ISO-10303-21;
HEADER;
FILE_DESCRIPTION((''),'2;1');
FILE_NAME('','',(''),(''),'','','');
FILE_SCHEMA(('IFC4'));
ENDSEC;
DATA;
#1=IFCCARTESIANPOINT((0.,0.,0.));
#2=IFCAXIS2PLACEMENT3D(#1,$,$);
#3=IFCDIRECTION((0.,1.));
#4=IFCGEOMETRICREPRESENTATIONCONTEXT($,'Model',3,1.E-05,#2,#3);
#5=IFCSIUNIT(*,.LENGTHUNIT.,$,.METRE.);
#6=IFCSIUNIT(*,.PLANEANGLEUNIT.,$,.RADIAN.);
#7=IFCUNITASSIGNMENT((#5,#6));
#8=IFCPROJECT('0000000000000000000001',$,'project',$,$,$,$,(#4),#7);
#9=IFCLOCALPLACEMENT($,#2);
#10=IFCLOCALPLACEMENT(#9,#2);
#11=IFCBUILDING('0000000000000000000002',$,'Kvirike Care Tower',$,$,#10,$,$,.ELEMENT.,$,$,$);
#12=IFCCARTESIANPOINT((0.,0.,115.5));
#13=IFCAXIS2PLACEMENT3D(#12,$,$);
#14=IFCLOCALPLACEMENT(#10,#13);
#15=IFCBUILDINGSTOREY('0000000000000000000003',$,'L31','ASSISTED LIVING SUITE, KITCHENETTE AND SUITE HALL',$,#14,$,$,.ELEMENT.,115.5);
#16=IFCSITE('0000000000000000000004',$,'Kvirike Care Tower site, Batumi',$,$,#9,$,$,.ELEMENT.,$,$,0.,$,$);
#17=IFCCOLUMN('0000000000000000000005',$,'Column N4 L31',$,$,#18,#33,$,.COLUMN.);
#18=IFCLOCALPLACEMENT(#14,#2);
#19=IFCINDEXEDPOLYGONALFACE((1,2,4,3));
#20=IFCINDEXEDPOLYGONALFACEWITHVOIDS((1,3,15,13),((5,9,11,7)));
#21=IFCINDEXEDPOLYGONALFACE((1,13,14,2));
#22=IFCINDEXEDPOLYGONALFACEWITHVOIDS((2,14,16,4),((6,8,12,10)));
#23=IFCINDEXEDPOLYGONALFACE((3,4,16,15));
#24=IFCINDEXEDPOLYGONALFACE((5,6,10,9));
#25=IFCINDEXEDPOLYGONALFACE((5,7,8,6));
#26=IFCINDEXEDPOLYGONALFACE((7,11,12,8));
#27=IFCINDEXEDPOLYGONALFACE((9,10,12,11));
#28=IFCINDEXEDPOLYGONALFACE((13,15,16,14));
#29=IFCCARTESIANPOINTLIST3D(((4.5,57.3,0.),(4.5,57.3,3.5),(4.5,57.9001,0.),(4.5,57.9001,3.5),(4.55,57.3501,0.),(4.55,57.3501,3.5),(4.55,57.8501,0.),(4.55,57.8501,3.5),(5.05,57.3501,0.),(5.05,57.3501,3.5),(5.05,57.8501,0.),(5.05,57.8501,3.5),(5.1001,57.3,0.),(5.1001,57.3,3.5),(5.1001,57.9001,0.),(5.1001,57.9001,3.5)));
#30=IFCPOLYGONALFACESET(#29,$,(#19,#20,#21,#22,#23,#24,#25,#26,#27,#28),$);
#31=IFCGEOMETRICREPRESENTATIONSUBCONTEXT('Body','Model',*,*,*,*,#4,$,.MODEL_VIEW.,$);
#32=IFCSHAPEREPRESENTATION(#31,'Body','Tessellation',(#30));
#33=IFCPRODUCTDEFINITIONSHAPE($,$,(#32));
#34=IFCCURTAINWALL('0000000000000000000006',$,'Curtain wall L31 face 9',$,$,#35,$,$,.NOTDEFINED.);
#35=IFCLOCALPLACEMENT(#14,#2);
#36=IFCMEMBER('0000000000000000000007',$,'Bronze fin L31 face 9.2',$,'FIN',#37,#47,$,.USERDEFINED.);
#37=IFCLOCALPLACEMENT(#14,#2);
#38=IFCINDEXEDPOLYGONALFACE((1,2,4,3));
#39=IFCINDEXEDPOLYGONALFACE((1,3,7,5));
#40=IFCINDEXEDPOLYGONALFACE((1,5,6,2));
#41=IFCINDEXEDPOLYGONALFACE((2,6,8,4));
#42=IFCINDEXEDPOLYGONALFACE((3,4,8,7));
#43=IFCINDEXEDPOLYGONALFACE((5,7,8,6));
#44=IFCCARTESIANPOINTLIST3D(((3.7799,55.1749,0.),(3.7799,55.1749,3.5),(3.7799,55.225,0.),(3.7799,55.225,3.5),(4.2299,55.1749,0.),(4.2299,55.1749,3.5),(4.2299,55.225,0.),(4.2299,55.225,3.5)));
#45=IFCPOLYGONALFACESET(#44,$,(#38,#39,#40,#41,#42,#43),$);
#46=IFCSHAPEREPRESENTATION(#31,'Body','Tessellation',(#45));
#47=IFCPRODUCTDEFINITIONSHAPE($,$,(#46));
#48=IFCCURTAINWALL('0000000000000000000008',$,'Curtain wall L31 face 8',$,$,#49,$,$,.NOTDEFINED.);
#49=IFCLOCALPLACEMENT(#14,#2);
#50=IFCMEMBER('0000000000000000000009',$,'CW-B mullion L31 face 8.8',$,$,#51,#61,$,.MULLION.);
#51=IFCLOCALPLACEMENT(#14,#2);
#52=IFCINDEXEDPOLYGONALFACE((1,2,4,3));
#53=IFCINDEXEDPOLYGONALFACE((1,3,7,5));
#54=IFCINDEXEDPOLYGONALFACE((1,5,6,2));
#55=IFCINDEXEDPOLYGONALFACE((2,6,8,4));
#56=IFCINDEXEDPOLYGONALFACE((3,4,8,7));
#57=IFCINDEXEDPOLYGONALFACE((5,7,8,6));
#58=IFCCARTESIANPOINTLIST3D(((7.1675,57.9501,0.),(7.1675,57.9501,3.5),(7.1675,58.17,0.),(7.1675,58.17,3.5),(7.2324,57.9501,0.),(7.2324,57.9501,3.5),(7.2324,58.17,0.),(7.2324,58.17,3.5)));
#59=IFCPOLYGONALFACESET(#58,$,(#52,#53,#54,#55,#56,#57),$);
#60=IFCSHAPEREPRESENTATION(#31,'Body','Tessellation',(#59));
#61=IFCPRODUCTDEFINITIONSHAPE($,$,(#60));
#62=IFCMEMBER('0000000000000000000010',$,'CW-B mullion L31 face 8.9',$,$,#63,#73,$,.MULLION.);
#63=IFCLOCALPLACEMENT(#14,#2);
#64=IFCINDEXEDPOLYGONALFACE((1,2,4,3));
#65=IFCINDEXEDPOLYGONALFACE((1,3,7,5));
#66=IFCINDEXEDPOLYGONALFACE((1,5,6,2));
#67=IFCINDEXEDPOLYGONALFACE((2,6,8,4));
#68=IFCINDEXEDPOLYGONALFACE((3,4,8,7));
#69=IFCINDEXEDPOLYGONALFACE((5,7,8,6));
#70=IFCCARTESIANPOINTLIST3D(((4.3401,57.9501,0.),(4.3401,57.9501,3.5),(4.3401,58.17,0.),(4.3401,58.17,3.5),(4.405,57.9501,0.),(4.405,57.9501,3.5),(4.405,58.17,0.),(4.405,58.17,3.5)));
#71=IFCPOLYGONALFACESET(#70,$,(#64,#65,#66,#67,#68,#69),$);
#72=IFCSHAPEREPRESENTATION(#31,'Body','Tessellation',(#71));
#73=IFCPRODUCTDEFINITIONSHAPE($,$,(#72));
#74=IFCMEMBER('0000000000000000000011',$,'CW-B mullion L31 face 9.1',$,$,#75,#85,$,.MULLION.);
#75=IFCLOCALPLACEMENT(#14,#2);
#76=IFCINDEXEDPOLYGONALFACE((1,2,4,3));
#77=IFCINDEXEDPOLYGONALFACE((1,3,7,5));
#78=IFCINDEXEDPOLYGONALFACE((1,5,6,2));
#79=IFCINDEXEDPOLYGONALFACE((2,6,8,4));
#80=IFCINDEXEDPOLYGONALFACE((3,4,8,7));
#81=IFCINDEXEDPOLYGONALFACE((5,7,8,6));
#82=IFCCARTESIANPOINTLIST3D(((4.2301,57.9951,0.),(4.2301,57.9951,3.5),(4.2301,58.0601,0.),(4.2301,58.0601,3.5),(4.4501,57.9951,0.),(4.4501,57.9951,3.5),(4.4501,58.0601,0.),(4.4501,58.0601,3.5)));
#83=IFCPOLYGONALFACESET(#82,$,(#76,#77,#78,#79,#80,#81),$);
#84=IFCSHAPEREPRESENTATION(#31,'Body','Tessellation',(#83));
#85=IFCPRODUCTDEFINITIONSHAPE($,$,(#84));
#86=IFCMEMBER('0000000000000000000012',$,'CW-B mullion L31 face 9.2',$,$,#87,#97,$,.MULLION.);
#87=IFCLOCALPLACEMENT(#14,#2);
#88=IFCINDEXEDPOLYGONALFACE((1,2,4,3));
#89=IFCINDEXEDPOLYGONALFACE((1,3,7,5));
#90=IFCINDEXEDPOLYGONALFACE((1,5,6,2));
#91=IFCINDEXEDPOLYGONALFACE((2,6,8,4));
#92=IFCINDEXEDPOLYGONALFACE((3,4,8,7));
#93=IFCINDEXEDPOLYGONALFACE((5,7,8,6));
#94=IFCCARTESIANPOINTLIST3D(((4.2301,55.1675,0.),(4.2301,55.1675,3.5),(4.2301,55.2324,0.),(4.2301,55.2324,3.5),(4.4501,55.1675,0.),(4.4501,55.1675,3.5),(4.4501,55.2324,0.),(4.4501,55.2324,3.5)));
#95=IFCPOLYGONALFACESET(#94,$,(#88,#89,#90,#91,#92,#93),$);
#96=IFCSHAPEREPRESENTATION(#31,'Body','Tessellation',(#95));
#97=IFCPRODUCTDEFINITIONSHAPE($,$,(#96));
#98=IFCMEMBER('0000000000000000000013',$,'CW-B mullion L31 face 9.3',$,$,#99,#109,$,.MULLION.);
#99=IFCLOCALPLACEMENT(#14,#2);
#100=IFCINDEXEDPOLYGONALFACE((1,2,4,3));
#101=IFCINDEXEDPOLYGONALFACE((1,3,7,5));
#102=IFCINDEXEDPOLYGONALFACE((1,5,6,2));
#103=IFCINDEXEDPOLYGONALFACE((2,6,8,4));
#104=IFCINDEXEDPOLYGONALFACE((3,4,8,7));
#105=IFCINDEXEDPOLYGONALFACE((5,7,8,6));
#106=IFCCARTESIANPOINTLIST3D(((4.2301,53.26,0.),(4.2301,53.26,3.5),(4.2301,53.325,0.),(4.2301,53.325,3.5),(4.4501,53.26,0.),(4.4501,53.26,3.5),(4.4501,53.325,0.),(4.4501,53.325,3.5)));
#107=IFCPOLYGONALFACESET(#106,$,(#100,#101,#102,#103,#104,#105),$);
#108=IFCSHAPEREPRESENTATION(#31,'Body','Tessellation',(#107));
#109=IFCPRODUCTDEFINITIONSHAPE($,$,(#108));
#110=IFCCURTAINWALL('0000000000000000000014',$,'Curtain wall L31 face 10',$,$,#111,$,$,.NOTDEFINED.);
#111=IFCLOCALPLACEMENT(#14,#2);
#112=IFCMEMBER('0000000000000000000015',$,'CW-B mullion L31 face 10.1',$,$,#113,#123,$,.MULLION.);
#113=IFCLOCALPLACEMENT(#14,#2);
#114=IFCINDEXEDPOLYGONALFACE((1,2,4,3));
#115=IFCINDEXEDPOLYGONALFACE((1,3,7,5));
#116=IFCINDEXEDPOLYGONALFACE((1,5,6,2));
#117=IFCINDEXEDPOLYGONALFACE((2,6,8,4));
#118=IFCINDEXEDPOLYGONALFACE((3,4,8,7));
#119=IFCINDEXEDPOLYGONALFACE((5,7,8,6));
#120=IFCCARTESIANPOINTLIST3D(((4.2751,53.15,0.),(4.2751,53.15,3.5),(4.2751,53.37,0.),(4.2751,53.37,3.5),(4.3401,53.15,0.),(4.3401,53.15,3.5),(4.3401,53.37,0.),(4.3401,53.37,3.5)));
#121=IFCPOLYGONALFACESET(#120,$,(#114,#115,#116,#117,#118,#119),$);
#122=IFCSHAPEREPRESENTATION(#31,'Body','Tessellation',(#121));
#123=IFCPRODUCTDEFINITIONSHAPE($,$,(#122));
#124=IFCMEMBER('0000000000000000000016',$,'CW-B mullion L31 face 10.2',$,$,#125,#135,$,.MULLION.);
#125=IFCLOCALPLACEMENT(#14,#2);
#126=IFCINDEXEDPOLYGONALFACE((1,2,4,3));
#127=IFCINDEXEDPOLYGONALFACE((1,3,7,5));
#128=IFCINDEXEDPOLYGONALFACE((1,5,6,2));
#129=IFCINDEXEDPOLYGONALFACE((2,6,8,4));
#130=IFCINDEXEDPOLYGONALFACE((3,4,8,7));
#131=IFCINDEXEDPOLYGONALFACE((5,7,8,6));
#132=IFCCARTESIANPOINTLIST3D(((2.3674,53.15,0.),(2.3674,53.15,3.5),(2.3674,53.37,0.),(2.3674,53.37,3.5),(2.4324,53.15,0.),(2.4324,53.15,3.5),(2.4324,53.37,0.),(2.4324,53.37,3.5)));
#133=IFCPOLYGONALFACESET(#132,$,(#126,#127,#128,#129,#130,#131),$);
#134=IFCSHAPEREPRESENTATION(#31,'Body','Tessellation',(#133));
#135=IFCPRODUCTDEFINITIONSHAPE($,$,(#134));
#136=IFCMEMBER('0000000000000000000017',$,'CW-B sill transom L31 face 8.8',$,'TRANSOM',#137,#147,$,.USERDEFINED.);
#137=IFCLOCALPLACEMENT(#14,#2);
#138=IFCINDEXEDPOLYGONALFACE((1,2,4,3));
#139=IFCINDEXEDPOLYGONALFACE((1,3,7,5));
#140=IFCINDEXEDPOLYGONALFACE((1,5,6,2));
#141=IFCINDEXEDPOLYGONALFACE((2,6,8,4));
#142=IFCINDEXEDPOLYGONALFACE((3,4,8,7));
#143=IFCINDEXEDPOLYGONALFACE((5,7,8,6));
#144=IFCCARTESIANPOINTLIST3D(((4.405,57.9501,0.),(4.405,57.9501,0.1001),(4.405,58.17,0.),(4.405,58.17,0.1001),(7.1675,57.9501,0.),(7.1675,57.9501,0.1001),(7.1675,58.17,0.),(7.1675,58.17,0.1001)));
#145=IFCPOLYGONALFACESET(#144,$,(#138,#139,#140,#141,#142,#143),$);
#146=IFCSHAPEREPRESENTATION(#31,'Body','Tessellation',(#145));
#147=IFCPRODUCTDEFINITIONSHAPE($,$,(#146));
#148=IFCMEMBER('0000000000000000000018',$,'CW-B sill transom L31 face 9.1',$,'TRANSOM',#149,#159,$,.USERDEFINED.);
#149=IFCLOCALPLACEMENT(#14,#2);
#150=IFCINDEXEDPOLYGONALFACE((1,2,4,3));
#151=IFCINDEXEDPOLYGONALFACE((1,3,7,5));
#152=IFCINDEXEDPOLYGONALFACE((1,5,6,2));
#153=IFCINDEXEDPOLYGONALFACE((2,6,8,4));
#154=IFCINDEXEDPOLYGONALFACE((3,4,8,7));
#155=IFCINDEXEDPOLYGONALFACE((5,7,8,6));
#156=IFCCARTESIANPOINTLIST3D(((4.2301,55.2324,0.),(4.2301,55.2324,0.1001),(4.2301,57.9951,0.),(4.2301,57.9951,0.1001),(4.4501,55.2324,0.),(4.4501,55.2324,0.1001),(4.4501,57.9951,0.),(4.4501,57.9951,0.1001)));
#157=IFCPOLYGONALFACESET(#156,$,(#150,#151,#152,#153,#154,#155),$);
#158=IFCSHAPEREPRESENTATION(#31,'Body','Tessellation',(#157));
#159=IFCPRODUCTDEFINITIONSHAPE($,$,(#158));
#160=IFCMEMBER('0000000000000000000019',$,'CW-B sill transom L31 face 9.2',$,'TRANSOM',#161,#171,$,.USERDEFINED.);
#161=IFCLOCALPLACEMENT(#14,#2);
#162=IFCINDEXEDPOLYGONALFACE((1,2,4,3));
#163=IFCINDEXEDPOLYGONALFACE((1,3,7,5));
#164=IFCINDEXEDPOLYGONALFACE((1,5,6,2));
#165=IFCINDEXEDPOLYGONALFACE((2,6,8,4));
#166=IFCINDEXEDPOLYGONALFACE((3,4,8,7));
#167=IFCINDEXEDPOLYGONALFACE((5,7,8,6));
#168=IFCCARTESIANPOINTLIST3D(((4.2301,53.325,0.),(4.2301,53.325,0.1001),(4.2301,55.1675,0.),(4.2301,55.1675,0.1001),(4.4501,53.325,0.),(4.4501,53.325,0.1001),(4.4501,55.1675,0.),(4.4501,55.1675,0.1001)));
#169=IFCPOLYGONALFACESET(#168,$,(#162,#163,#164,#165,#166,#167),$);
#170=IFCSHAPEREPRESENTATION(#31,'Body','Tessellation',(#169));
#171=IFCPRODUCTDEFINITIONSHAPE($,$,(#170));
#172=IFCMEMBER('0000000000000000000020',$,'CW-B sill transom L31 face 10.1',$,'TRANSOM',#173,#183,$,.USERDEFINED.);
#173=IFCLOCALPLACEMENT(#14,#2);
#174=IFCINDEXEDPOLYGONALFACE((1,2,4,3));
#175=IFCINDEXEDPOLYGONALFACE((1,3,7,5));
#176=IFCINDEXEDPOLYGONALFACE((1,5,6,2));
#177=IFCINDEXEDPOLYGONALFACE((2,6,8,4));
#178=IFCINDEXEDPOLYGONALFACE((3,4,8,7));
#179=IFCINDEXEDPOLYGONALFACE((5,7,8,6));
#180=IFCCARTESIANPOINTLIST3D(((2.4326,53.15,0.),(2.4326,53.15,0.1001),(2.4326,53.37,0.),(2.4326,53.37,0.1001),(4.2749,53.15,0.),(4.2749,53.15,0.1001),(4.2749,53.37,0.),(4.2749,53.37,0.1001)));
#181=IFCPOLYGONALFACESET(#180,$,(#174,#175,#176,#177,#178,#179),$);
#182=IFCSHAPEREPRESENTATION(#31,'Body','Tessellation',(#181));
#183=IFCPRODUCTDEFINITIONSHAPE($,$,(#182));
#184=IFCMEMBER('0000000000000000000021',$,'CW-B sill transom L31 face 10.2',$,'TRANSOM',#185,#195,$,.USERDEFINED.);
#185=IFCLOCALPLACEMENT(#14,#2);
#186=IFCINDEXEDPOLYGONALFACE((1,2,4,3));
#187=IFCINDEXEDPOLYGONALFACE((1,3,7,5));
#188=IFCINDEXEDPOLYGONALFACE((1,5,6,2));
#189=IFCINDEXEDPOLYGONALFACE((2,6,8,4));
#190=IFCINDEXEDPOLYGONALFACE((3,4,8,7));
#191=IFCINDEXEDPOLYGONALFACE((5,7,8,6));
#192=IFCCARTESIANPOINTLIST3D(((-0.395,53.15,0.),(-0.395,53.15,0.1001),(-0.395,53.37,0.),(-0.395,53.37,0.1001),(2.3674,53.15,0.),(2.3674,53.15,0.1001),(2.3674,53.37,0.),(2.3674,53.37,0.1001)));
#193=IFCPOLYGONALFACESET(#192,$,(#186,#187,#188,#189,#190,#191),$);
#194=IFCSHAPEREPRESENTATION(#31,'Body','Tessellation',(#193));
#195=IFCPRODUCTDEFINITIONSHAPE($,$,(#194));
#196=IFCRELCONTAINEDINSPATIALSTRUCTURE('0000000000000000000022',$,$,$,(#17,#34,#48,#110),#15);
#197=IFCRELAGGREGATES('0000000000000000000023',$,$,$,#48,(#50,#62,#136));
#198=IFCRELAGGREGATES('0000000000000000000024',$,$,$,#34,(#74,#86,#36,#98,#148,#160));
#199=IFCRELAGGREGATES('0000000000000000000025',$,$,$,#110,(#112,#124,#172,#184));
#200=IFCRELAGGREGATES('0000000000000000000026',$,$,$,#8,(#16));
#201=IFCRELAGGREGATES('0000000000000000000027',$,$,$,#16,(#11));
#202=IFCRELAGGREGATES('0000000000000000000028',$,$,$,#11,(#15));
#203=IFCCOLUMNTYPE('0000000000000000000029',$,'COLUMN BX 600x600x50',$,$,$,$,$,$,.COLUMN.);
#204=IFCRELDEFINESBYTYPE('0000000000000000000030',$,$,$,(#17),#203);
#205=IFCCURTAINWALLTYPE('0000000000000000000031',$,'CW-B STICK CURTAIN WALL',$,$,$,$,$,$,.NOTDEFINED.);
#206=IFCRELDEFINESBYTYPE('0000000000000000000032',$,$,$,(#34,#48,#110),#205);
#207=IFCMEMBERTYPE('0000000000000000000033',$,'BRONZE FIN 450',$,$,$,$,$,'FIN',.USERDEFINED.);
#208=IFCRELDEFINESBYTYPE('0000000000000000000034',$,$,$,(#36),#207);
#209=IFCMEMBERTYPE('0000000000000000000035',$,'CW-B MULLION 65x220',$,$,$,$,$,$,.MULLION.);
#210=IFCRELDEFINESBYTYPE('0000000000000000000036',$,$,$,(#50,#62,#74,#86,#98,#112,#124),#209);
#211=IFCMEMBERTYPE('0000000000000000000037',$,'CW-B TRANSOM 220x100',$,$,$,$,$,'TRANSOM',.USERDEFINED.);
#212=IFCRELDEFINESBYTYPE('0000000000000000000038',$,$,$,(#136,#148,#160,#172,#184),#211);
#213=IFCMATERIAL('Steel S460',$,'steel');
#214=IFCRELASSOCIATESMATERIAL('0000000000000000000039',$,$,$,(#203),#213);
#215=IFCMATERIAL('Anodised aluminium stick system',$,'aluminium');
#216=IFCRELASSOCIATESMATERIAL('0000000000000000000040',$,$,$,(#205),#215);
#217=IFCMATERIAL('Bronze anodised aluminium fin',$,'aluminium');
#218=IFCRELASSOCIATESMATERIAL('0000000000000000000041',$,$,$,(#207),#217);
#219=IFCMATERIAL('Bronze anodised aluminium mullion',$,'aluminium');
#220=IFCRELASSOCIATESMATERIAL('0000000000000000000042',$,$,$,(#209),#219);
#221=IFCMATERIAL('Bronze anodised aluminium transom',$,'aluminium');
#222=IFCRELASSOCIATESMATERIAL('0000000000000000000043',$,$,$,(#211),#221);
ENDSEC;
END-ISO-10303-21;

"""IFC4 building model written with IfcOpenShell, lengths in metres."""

from ifc_helpers import new_model, si_unit, direction, frame, origin, origin_2d, place, context, subcontext, project, spatial, rectangle, hollow_rectangle, extrude, material, material_profile, profile_set, type_object, element, aggregate, save


model = new_model("IFC4")

# Units and contexts
model_context = context("Model", 3, precision=1e-05, world=origin(), true_north=direction((0.0, 1.0)))
body_context = subcontext(model_context, "Body", "Model", "MODEL_VIEW")
ifc_project = project(units=[si_unit("LENGTHUNIT", "METRE"), si_unit("PLANEANGLEUNIT", "RADIAN")], contexts=[model_context])

# Site, building, storey
site_placement = place(None, origin())
site = spatial("IfcSite", under=ifc_project, at=site_placement, Name="Kvirike Care Tower site, Batumi", CompositionType="ELEMENT", RefElevation=0.0)
building_placement = place(site_placement, origin())
building = spatial("IfcBuilding", under=site, at=building_placement, Name="Kvirike Care Tower", CompositionType="ELEMENT")
storey_placement = place(building_placement, frame((0.0, 0.0, 115.5)))
storey = spatial("IfcBuildingStorey", under=building, at=storey_placement, Name="L31", Description="ASSISTED LIVING SUITE, KITCHENETTE AND SUITE HALL", CompositionType="ELEMENT", Elevation=115.5)

# Column
ifc_material_1 = material(Name="Steel S460", Category="steel")
ifc_material_profile_1 = material_profile(ifc_material_1, hollow_rectangle(XDim=0.6001, YDim=0.6001, WallThickness=0.05, at=origin_2d()), Name="BX 600x600x50")
ifc_profile_set_1 = profile_set([ifc_material_profile_1], Name="Steel S460")
column_type = type_object("IfcColumnType", Name="COLUMN BX 600x600x50", PredefinedType="COLUMN", material=ifc_profile_set_1)
column_placement = place(storey_placement, frame((4.8, 57.6001, 0.0), z_axis=(0.0, 0.0, 1.0), x_axis=(0.0, 1.0, 0.0)))
element("IfcColumn", 1, at=column_placement, inside=storey, type_object=column_type, Name="Column N4 L31", PredefinedType="COLUMN", context=body_context, shape_type="SweptSolid", body=[
    extrude(hollow_rectangle(XDim=0.6001, YDim=0.6001, WallThickness=0.05, at=origin_2d()), origin(), (0.0, 0.0, 1.0), 3.5),
])

# Curtain wall, member
ifc_material_2 = material(Name="Anodised aluminium stick system", Category="aluminium")
curtain_wall_type = type_object("IfcCurtainWallType", Name="CW-B STICK CURTAIN WALL", PredefinedType="NOTDEFINED", material=ifc_material_2)
curtain_wall_1_placement = place(storey_placement, origin())
curtain_wall_1 = element("IfcCurtainWall", 2, at=curtain_wall_1_placement, inside=storey, type_object=curtain_wall_type, Name="Curtain wall L31 face 9", PredefinedType="NOTDEFINED")
ifc_material_3 = material(Name="Bronze anodised aluminium fin", Category="aluminium")
ifc_material_profile_2 = material_profile(ifc_material_3, rectangle(XDim=0.05, YDim=0.45, at=origin_2d()), Name="BRONZE FIN 450")
ifc_profile_set_2 = profile_set([ifc_material_profile_2], Name="Bronze anodised aluminium fin")
member_type_1 = type_object("IfcMemberType", Name="BRONZE FIN 450", ElementType="FIN", PredefinedType="USERDEFINED", material=ifc_profile_set_2)
member_1_placement = place(storey_placement, frame((4.0049, 55.2, 0.0), z_axis=(0.0, 0.0, 1.0), x_axis=(0.0, -1.0, 0.0)))
member_1 = element("IfcMember", 3, at=member_1_placement, type_object=member_type_1, Name="Bronze fin L31 face 9.2", ObjectType="FIN", PredefinedType="USERDEFINED", context=body_context, shape_type="SweptSolid", body=[
    extrude(rectangle(XDim=0.05, YDim=0.45, at=origin_2d()), origin(), (0.0, 0.0, 1.0), 3.5),
])

# Curtain wall, members
curtain_wall_2_placement = place(storey_placement, origin())
curtain_wall_2 = element("IfcCurtainWall", 4, at=curtain_wall_2_placement, inside=storey, type_object=curtain_wall_type, Name="Curtain wall L31 face 8", PredefinedType="NOTDEFINED")
ifc_material_4 = material(Name="Bronze anodised aluminium mullion", Category="aluminium")
ifc_material_profile_3 = material_profile(ifc_material_4, rectangle(XDim=0.0649, YDim=0.22, at=origin_2d()), Name="CW-B MULLION 65x220")
ifc_profile_set_3 = profile_set([ifc_material_profile_3], Name="Bronze anodised aluminium mullion")
member_type_2 = type_object("IfcMemberType", Name="CW-B MULLION 65x220", PredefinedType="MULLION", material=ifc_profile_set_3)
member_2_placement = place(storey_placement, frame((7.2, 58.0601, 0.0), z_axis=(0.0, 0.0, 1.0), x_axis=(-1.0, 0.0, 0.0)))
member_2 = element("IfcMember", 5, at=member_2_placement, type_object=member_type_2, Name="CW-B mullion L31 face 8.8", PredefinedType="MULLION", context=body_context, shape_type="SweptSolid", body=[
    extrude(rectangle(XDim=0.0649, YDim=0.22, at=origin_2d()), origin(), (0.0, 0.0, 1.0), 3.5),
])
member_3_placement = place(storey_placement, frame((4.3726, 58.0601, 0.0), z_axis=(0.0, 0.0, 1.0), x_axis=(-1.0, 0.0, 0.0)))
member_3 = element("IfcMember", 6, at=member_3_placement, type_object=member_type_2, Name="CW-B mullion L31 face 8.9", PredefinedType="MULLION", context=body_context, shape_type="SweptSolid", body=[
    extrude(rectangle(XDim=0.0649, YDim=0.22, at=origin_2d()), origin(), (0.0, 0.0, 1.0), 3.5),
])

# Members
member_4_placement = place(storey_placement, frame((4.3401, 58.0276, 0.0), z_axis=(0.0, 0.0, 1.0), x_axis=(0.0, -1.0, 0.0)))
member_4 = element("IfcMember", 7, at=member_4_placement, type_object=member_type_2, Name="CW-B mullion L31 face 9.1", PredefinedType="MULLION", context=body_context, shape_type="SweptSolid", body=[
    extrude(rectangle(XDim=0.0649, YDim=0.22, at=origin_2d()), origin(), (0.0, 0.0, 1.0), 3.5),
])
member_5_placement = place(storey_placement, frame((4.3401, 55.2, 0.0), z_axis=(0.0, 0.0, 1.0), x_axis=(0.0, -1.0, 0.0)))
member_5 = element("IfcMember", 8, at=member_5_placement, type_object=member_type_2, Name="CW-B mullion L31 face 9.2", PredefinedType="MULLION", context=body_context, shape_type="SweptSolid", body=[
    extrude(rectangle(XDim=0.0649, YDim=0.22, at=origin_2d()), origin(), (0.0, 0.0, 1.0), 3.5),
])
member_6_placement = place(storey_placement, frame((4.3401, 53.2925, 0.0), z_axis=(0.0, 0.0, 1.0), x_axis=(0.0, -1.0, 0.0)))
member_6 = element("IfcMember", 9, at=member_6_placement, type_object=member_type_2, Name="CW-B mullion L31 face 9.3", PredefinedType="MULLION", context=body_context, shape_type="SweptSolid", body=[
    extrude(rectangle(XDim=0.0649, YDim=0.22, at=origin_2d()), origin(), (0.0, 0.0, 1.0), 3.5),
])

# Curtain wall, members
curtain_wall_3_placement = place(storey_placement, origin())
curtain_wall_3 = element("IfcCurtainWall", 10, at=curtain_wall_3_placement, inside=storey, type_object=curtain_wall_type, Name="Curtain wall L31 face 10", PredefinedType="NOTDEFINED")
member_7_placement = place(storey_placement, frame((4.3076, 53.26, 0.0), z_axis=(0.0, 0.0, 1.0), x_axis=(-1.0, 0.0, 0.0)))
member_7 = element("IfcMember", 11, at=member_7_placement, type_object=member_type_2, Name="CW-B mullion L31 face 10.1", PredefinedType="MULLION", context=body_context, shape_type="SweptSolid", body=[
    extrude(rectangle(XDim=0.0649, YDim=0.22, at=origin_2d()), origin(), (0.0, 0.0, 1.0), 3.5),
])
member_8_placement = place(storey_placement, frame((2.3999, 53.26, 0.0), z_axis=(0.0, 0.0, 1.0), x_axis=(-1.0, 0.0, 0.0)))
member_8 = element("IfcMember", 12, at=member_8_placement, type_object=member_type_2, Name="CW-B mullion L31 face 10.2", PredefinedType="MULLION", context=body_context, shape_type="SweptSolid", body=[
    extrude(rectangle(XDim=0.0649, YDim=0.22, at=origin_2d()), origin(), (0.0, 0.0, 1.0), 3.5),
])

# Members
ifc_material_5 = material(Name="Bronze anodised aluminium transom", Category="aluminium")
ifc_material_profile_4 = material_profile(ifc_material_5, rectangle(XDim=0.22, YDim=0.1001, at=origin_2d()), Name="CW-B TRANSOM 220x100")
ifc_profile_set_4 = profile_set([ifc_material_profile_4], Name="Bronze anodised aluminium transom")
member_type_3 = type_object("IfcMemberType", Name="CW-B TRANSOM 220x100", ElementType="TRANSOM", PredefinedType="USERDEFINED", material=ifc_profile_set_4)
member_9_placement = place(storey_placement, frame((7.1675, 58.0601, 0.05), z_axis=(-1.0, 0.0, 0.0), x_axis=(0.0, -1.0, 0.0)))
member_9 = element("IfcMember", 13, at=member_9_placement, type_object=member_type_3, Name="CW-B sill transom L31 face 8.8", ObjectType="TRANSOM", PredefinedType="USERDEFINED", context=body_context, shape_type="SweptSolid", body=[
    extrude(rectangle(XDim=0.22, YDim=0.1001, at=origin_2d()), origin(), (0.0, 0.0, 1.0), 2.7625),
])
member_10_placement = place(storey_placement, frame((4.3401, 57.9951, 0.05), z_axis=(0.0, -1.0, 0.0), x_axis=(1.0, 0.0, 0.0)))
member_10 = element("IfcMember", 14, at=member_10_placement, type_object=member_type_3, Name="CW-B sill transom L31 face 9.1", ObjectType="TRANSOM", PredefinedType="USERDEFINED", context=body_context, shape_type="SweptSolid", body=[
    extrude(rectangle(XDim=0.22, YDim=0.1001, at=origin_2d()), origin(), (0.0, 0.0, 1.0), 2.7627),
])
member_11_placement = place(storey_placement, frame((4.3401, 55.1675, 0.05), z_axis=(0.0, -1.0, 0.0), x_axis=(1.0, 0.0, 0.0)))
member_11 = element("IfcMember", 15, at=member_11_placement, type_object=member_type_3, Name="CW-B sill transom L31 face 9.2", ObjectType="TRANSOM", PredefinedType="USERDEFINED", context=body_context, shape_type="SweptSolid", body=[
    extrude(rectangle(XDim=0.22, YDim=0.1001, at=origin_2d()), origin(), (0.0, 0.0, 1.0), 1.8425),
])
member_12_placement = place(storey_placement, frame((4.2749, 53.26, 0.05), z_axis=(-1.0, 0.0, 0.0), x_axis=(0.0, -1.0, 0.0)))
member_12 = element("IfcMember", 16, at=member_12_placement, type_object=member_type_3, Name="CW-B sill transom L31 face 10.1", ObjectType="TRANSOM", PredefinedType="USERDEFINED", context=body_context, shape_type="SweptSolid", body=[
    extrude(rectangle(XDim=0.22, YDim=0.1001, at=origin_2d()), origin(), (0.0, 0.0, 1.0), 1.8423),
])
member_13_placement = place(storey_placement, frame((2.3674, 53.26, 0.05), z_axis=(-1.0, 0.0, 0.0), x_axis=(0.0, -1.0, 0.0)))
member_13 = element("IfcMember", 17, at=member_13_placement, type_object=member_type_3, Name="CW-B sill transom L31 face 10.2", ObjectType="TRANSOM", PredefinedType="USERDEFINED", context=body_context, shape_type="SweptSolid", body=[
    extrude(rectangle(XDim=0.22, YDim=0.1001, at=origin_2d()), origin(), (0.0, 0.0, 1.0), 2.7625),
])

aggregate(curtain_wall_2, [member_2, member_3, member_9])
aggregate(curtain_wall_1, [member_4, member_5, member_1, member_6, member_10, member_11])
aggregate(curtain_wall_3, [member_7, member_8, member_12, member_13])

save(model, "model.ifc")
